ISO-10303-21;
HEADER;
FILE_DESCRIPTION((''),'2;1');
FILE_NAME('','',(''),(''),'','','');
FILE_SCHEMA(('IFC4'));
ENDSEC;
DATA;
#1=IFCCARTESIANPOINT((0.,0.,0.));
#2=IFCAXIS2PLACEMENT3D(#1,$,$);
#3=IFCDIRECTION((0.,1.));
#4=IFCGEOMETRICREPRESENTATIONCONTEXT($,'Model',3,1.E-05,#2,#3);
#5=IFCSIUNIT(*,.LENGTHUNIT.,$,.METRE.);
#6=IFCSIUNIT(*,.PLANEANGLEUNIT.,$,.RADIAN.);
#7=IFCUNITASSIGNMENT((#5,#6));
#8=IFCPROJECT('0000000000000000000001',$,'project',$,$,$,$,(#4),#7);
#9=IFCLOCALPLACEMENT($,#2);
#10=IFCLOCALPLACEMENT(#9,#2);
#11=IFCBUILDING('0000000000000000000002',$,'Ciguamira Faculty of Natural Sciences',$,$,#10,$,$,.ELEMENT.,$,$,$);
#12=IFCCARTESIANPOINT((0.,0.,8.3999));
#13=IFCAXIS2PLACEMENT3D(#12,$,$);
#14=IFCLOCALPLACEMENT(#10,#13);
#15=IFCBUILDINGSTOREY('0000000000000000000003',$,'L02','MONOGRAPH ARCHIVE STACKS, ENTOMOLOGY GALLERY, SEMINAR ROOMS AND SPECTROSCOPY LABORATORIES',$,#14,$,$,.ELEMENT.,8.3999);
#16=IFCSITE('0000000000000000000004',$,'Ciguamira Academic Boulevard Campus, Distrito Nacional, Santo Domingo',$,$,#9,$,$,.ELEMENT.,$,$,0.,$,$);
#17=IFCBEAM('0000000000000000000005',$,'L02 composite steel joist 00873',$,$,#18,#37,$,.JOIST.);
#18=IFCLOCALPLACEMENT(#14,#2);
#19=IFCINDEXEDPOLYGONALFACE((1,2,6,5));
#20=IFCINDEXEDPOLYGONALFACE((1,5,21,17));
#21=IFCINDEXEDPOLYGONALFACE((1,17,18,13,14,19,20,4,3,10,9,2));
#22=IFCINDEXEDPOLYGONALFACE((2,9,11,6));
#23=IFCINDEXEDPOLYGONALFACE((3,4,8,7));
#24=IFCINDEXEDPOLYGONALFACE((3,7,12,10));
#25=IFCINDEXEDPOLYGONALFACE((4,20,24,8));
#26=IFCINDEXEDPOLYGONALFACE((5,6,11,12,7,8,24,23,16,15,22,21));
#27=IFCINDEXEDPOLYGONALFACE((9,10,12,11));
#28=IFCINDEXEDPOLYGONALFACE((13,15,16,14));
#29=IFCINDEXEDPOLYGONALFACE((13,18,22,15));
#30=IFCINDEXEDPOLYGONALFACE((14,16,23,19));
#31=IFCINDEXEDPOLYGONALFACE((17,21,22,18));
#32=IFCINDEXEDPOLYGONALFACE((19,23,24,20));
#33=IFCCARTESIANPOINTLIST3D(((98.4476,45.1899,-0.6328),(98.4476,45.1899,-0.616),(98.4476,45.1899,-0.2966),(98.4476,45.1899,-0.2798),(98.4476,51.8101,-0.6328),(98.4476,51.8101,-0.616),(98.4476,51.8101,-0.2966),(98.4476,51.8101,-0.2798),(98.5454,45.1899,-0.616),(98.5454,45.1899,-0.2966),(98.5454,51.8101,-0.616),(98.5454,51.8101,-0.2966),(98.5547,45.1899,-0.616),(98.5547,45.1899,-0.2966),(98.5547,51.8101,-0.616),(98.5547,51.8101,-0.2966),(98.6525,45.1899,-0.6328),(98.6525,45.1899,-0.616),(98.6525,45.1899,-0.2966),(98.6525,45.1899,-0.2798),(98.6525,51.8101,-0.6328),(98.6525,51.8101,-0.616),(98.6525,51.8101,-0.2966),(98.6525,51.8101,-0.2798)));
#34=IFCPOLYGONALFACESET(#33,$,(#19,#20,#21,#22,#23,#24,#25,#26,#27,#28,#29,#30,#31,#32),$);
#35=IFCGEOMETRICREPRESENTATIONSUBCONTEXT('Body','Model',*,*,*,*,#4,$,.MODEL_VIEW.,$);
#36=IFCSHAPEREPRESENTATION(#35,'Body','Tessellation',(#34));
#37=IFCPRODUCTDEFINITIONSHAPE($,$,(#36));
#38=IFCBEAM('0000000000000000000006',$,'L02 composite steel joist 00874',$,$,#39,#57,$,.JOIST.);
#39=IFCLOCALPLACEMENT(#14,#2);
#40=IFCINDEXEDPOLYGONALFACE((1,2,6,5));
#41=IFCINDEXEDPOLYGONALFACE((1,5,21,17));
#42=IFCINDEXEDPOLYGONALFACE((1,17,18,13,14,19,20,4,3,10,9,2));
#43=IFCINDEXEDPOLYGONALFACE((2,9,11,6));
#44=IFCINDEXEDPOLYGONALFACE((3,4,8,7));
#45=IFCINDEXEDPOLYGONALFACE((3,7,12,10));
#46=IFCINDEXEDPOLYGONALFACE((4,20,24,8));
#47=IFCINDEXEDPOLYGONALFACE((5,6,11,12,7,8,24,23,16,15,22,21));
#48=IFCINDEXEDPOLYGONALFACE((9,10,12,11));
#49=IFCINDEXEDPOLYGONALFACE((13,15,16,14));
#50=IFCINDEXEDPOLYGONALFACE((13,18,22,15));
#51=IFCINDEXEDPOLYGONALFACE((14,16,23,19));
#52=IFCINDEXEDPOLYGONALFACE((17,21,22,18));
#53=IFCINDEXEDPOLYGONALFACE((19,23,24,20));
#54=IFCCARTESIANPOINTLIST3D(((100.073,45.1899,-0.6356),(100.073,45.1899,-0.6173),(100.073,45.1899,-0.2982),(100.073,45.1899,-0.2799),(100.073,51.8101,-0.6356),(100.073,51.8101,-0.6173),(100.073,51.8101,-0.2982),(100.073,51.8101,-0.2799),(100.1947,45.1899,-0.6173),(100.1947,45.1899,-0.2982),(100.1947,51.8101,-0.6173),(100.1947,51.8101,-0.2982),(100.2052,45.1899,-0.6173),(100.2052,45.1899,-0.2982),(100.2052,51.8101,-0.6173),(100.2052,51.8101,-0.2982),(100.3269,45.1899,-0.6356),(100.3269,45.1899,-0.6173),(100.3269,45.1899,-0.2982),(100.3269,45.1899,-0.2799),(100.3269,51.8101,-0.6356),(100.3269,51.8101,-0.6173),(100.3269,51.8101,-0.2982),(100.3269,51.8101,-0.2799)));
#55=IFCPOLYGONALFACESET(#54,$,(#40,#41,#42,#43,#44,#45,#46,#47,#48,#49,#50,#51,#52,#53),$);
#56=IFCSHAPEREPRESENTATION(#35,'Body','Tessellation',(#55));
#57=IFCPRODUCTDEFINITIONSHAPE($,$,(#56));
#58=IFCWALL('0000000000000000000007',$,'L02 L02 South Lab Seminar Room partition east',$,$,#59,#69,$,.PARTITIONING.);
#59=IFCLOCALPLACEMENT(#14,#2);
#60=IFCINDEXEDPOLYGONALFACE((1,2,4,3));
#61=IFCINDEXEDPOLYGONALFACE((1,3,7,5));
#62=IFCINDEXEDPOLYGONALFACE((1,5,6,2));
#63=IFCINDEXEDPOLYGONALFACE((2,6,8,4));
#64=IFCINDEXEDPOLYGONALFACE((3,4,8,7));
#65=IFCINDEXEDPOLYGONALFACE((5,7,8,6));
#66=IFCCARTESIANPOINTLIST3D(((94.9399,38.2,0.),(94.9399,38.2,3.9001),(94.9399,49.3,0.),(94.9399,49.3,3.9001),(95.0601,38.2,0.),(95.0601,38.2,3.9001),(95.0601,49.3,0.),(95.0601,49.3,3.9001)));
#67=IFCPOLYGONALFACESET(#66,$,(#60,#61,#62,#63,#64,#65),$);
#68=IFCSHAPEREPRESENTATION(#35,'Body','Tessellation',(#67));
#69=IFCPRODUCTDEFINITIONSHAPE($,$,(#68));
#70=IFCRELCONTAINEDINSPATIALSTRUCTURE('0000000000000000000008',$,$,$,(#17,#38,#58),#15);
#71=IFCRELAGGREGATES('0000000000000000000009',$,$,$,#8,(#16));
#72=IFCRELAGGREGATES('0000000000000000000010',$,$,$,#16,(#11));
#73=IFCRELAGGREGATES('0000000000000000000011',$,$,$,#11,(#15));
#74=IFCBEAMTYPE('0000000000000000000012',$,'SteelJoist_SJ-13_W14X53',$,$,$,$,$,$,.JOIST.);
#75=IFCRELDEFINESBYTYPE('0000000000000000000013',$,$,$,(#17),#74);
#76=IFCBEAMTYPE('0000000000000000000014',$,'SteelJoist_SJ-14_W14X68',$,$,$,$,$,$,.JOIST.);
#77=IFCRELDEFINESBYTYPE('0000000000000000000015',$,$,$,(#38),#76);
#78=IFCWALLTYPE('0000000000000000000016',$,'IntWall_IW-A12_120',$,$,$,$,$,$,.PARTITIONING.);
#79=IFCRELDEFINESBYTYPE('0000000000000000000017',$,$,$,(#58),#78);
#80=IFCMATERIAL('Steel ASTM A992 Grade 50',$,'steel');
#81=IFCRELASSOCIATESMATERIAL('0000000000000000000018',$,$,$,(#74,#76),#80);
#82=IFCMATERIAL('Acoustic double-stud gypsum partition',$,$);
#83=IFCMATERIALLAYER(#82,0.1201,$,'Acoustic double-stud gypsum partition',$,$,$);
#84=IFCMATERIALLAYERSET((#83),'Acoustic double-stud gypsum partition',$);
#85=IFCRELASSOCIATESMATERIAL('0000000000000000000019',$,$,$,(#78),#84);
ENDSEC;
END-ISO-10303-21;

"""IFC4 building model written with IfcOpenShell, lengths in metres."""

from ifc_helpers import new_model, si_unit, direction, frame, frame_2d, origin, origin_2d, place, context, subcontext, project, spatial, rectangle, i_section, extrude, material, layer, layer_set, material_profile, profile_set, type_object, element, save


model = new_model("IFC4")

# Units and contexts
model_context = context("Model", 3, precision=1e-05, world=origin(), true_north=direction((0.0, 1.0)))
body_context = subcontext(model_context, "Body", "Model", "MODEL_VIEW")
ifc_project = project(units=[si_unit("LENGTHUNIT", "METRE"), si_unit("PLANEANGLEUNIT", "RADIAN")], contexts=[model_context])

# Site, building, storey
site_placement = place(None, origin())
site = spatial("IfcSite", under=ifc_project, at=site_placement, Name="Ciguamira Academic Boulevard Campus, Distrito Nacional, Santo Domingo", CompositionType="ELEMENT", RefElevation=0.0)
building_placement = place(site_placement, origin())
building = spatial("IfcBuilding", under=site, at=building_placement, Name="Ciguamira Faculty of Natural Sciences", CompositionType="ELEMENT")
storey_placement = place(building_placement, frame((0.0, 0.0, 8.3999)))
storey = spatial("IfcBuildingStorey", under=building, at=storey_placement, Name="L02", Description="MONOGRAPH ARCHIVE STACKS, ENTOMOLOGY GALLERY, SEMINAR ROOMS AND SPECTROSCOPY LABORATORIES", CompositionType="ELEMENT", Elevation=8.3999)

# Beams
ifc_material_1 = material(Name="Steel ASTM A992 Grade 50", Category="steel")
ifc_material_profile_1 = material_profile(ifc_material_1, i_section(OverallWidth=0.2048, OverallDepth=0.353, WebThickness=0.0093, FlangeThickness=0.0168, at=origin_2d()), Name="W14X53")
ifc_profile_set_1 = profile_set([ifc_material_profile_1], Name="Steel ASTM A992 Grade 50")
beam_type_1 = type_object("IfcBeamType", Name="SteelJoist_SJ-13_W14X53", PredefinedType="JOIST", material=ifc_profile_set_1)
beam_1_placement = place(storey_placement, frame((98.55, 45.1899, -0.4563), z_axis=(0.0, 1.0, 0.0), x_axis=(-1.0, 0.0, 0.0)))
element("IfcBeam", 1, at=beam_1_placement, inside=storey, type_object=beam_type_1, Name="L02 composite steel joist 00873", PredefinedType="JOIST", context=body_context, shape_type="SweptSolid", body=[
    extrude(i_section(OverallWidth=0.2048, OverallDepth=0.353, WebThickness=0.0093, FlangeThickness=0.0168, at=origin_2d()), origin(), (0.0, 0.0, 1.0), 6.6201),
])
ifc_material_profile_2 = material_profile(ifc_material_1, i_section(OverallWidth=0.2539, OverallDepth=0.3557, WebThickness=0.0105, FlangeThickness=0.0183, at=origin_2d()), Name="W14X68")
ifc_profile_set_2 = profile_set([ifc_material_profile_2], Name="Steel ASTM A992 Grade 50")
beam_type_2 = type_object("IfcBeamType", Name="SteelJoist_SJ-14_W14X68", PredefinedType="JOIST", material=ifc_profile_set_2)
beam_2_placement = place(storey_placement, frame((100.2, 45.1899, -0.4578), z_axis=(0.0, 1.0, 0.0), x_axis=(-1.0, 0.0, 0.0)))
element("IfcBeam", 2, at=beam_2_placement, inside=storey, type_object=beam_type_2, Name="L02 composite steel joist 00874", PredefinedType="JOIST", context=body_context, shape_type="SweptSolid", body=[
    extrude(i_section(OverallWidth=0.2539, OverallDepth=0.3557, WebThickness=0.0105, FlangeThickness=0.0183, at=origin_2d()), origin(), (0.0, 0.0, 1.0), 6.6201),
])

# Wall
ifc_material_2 = material(Name="Acoustic double-stud gypsum partition")
ifc_layer = layer(ifc_material_2, 0.1201, Name="Acoustic double-stud gypsum partition")
ifc_layer_set = layer_set([ifc_layer], Name="Acoustic double-stud gypsum partition")
wall_type = type_object("IfcWallType", Name="IntWall_IW-A12_120", PredefinedType="PARTITIONING", material=ifc_layer_set)
wall_placement = place(storey_placement, frame((95.0, 38.2, 0.0), z_axis=(0.0, 0.0, 1.0), x_axis=(0.0, 1.0, 0.0)))
element("IfcWall", 3, at=wall_placement, inside=storey, type_object=wall_type, Name="L02 L02 South Lab Seminar Room partition east", PredefinedType="PARTITIONING", context=body_context, shape_type="SweptSolid", body=[
    extrude(rectangle(XDim=11.1001, YDim=0.1201, at=frame_2d((5.55, 0.0))), origin(), (0.0, 0.0, 1.0), 3.9001),
])

save(model, "model.ifc")
